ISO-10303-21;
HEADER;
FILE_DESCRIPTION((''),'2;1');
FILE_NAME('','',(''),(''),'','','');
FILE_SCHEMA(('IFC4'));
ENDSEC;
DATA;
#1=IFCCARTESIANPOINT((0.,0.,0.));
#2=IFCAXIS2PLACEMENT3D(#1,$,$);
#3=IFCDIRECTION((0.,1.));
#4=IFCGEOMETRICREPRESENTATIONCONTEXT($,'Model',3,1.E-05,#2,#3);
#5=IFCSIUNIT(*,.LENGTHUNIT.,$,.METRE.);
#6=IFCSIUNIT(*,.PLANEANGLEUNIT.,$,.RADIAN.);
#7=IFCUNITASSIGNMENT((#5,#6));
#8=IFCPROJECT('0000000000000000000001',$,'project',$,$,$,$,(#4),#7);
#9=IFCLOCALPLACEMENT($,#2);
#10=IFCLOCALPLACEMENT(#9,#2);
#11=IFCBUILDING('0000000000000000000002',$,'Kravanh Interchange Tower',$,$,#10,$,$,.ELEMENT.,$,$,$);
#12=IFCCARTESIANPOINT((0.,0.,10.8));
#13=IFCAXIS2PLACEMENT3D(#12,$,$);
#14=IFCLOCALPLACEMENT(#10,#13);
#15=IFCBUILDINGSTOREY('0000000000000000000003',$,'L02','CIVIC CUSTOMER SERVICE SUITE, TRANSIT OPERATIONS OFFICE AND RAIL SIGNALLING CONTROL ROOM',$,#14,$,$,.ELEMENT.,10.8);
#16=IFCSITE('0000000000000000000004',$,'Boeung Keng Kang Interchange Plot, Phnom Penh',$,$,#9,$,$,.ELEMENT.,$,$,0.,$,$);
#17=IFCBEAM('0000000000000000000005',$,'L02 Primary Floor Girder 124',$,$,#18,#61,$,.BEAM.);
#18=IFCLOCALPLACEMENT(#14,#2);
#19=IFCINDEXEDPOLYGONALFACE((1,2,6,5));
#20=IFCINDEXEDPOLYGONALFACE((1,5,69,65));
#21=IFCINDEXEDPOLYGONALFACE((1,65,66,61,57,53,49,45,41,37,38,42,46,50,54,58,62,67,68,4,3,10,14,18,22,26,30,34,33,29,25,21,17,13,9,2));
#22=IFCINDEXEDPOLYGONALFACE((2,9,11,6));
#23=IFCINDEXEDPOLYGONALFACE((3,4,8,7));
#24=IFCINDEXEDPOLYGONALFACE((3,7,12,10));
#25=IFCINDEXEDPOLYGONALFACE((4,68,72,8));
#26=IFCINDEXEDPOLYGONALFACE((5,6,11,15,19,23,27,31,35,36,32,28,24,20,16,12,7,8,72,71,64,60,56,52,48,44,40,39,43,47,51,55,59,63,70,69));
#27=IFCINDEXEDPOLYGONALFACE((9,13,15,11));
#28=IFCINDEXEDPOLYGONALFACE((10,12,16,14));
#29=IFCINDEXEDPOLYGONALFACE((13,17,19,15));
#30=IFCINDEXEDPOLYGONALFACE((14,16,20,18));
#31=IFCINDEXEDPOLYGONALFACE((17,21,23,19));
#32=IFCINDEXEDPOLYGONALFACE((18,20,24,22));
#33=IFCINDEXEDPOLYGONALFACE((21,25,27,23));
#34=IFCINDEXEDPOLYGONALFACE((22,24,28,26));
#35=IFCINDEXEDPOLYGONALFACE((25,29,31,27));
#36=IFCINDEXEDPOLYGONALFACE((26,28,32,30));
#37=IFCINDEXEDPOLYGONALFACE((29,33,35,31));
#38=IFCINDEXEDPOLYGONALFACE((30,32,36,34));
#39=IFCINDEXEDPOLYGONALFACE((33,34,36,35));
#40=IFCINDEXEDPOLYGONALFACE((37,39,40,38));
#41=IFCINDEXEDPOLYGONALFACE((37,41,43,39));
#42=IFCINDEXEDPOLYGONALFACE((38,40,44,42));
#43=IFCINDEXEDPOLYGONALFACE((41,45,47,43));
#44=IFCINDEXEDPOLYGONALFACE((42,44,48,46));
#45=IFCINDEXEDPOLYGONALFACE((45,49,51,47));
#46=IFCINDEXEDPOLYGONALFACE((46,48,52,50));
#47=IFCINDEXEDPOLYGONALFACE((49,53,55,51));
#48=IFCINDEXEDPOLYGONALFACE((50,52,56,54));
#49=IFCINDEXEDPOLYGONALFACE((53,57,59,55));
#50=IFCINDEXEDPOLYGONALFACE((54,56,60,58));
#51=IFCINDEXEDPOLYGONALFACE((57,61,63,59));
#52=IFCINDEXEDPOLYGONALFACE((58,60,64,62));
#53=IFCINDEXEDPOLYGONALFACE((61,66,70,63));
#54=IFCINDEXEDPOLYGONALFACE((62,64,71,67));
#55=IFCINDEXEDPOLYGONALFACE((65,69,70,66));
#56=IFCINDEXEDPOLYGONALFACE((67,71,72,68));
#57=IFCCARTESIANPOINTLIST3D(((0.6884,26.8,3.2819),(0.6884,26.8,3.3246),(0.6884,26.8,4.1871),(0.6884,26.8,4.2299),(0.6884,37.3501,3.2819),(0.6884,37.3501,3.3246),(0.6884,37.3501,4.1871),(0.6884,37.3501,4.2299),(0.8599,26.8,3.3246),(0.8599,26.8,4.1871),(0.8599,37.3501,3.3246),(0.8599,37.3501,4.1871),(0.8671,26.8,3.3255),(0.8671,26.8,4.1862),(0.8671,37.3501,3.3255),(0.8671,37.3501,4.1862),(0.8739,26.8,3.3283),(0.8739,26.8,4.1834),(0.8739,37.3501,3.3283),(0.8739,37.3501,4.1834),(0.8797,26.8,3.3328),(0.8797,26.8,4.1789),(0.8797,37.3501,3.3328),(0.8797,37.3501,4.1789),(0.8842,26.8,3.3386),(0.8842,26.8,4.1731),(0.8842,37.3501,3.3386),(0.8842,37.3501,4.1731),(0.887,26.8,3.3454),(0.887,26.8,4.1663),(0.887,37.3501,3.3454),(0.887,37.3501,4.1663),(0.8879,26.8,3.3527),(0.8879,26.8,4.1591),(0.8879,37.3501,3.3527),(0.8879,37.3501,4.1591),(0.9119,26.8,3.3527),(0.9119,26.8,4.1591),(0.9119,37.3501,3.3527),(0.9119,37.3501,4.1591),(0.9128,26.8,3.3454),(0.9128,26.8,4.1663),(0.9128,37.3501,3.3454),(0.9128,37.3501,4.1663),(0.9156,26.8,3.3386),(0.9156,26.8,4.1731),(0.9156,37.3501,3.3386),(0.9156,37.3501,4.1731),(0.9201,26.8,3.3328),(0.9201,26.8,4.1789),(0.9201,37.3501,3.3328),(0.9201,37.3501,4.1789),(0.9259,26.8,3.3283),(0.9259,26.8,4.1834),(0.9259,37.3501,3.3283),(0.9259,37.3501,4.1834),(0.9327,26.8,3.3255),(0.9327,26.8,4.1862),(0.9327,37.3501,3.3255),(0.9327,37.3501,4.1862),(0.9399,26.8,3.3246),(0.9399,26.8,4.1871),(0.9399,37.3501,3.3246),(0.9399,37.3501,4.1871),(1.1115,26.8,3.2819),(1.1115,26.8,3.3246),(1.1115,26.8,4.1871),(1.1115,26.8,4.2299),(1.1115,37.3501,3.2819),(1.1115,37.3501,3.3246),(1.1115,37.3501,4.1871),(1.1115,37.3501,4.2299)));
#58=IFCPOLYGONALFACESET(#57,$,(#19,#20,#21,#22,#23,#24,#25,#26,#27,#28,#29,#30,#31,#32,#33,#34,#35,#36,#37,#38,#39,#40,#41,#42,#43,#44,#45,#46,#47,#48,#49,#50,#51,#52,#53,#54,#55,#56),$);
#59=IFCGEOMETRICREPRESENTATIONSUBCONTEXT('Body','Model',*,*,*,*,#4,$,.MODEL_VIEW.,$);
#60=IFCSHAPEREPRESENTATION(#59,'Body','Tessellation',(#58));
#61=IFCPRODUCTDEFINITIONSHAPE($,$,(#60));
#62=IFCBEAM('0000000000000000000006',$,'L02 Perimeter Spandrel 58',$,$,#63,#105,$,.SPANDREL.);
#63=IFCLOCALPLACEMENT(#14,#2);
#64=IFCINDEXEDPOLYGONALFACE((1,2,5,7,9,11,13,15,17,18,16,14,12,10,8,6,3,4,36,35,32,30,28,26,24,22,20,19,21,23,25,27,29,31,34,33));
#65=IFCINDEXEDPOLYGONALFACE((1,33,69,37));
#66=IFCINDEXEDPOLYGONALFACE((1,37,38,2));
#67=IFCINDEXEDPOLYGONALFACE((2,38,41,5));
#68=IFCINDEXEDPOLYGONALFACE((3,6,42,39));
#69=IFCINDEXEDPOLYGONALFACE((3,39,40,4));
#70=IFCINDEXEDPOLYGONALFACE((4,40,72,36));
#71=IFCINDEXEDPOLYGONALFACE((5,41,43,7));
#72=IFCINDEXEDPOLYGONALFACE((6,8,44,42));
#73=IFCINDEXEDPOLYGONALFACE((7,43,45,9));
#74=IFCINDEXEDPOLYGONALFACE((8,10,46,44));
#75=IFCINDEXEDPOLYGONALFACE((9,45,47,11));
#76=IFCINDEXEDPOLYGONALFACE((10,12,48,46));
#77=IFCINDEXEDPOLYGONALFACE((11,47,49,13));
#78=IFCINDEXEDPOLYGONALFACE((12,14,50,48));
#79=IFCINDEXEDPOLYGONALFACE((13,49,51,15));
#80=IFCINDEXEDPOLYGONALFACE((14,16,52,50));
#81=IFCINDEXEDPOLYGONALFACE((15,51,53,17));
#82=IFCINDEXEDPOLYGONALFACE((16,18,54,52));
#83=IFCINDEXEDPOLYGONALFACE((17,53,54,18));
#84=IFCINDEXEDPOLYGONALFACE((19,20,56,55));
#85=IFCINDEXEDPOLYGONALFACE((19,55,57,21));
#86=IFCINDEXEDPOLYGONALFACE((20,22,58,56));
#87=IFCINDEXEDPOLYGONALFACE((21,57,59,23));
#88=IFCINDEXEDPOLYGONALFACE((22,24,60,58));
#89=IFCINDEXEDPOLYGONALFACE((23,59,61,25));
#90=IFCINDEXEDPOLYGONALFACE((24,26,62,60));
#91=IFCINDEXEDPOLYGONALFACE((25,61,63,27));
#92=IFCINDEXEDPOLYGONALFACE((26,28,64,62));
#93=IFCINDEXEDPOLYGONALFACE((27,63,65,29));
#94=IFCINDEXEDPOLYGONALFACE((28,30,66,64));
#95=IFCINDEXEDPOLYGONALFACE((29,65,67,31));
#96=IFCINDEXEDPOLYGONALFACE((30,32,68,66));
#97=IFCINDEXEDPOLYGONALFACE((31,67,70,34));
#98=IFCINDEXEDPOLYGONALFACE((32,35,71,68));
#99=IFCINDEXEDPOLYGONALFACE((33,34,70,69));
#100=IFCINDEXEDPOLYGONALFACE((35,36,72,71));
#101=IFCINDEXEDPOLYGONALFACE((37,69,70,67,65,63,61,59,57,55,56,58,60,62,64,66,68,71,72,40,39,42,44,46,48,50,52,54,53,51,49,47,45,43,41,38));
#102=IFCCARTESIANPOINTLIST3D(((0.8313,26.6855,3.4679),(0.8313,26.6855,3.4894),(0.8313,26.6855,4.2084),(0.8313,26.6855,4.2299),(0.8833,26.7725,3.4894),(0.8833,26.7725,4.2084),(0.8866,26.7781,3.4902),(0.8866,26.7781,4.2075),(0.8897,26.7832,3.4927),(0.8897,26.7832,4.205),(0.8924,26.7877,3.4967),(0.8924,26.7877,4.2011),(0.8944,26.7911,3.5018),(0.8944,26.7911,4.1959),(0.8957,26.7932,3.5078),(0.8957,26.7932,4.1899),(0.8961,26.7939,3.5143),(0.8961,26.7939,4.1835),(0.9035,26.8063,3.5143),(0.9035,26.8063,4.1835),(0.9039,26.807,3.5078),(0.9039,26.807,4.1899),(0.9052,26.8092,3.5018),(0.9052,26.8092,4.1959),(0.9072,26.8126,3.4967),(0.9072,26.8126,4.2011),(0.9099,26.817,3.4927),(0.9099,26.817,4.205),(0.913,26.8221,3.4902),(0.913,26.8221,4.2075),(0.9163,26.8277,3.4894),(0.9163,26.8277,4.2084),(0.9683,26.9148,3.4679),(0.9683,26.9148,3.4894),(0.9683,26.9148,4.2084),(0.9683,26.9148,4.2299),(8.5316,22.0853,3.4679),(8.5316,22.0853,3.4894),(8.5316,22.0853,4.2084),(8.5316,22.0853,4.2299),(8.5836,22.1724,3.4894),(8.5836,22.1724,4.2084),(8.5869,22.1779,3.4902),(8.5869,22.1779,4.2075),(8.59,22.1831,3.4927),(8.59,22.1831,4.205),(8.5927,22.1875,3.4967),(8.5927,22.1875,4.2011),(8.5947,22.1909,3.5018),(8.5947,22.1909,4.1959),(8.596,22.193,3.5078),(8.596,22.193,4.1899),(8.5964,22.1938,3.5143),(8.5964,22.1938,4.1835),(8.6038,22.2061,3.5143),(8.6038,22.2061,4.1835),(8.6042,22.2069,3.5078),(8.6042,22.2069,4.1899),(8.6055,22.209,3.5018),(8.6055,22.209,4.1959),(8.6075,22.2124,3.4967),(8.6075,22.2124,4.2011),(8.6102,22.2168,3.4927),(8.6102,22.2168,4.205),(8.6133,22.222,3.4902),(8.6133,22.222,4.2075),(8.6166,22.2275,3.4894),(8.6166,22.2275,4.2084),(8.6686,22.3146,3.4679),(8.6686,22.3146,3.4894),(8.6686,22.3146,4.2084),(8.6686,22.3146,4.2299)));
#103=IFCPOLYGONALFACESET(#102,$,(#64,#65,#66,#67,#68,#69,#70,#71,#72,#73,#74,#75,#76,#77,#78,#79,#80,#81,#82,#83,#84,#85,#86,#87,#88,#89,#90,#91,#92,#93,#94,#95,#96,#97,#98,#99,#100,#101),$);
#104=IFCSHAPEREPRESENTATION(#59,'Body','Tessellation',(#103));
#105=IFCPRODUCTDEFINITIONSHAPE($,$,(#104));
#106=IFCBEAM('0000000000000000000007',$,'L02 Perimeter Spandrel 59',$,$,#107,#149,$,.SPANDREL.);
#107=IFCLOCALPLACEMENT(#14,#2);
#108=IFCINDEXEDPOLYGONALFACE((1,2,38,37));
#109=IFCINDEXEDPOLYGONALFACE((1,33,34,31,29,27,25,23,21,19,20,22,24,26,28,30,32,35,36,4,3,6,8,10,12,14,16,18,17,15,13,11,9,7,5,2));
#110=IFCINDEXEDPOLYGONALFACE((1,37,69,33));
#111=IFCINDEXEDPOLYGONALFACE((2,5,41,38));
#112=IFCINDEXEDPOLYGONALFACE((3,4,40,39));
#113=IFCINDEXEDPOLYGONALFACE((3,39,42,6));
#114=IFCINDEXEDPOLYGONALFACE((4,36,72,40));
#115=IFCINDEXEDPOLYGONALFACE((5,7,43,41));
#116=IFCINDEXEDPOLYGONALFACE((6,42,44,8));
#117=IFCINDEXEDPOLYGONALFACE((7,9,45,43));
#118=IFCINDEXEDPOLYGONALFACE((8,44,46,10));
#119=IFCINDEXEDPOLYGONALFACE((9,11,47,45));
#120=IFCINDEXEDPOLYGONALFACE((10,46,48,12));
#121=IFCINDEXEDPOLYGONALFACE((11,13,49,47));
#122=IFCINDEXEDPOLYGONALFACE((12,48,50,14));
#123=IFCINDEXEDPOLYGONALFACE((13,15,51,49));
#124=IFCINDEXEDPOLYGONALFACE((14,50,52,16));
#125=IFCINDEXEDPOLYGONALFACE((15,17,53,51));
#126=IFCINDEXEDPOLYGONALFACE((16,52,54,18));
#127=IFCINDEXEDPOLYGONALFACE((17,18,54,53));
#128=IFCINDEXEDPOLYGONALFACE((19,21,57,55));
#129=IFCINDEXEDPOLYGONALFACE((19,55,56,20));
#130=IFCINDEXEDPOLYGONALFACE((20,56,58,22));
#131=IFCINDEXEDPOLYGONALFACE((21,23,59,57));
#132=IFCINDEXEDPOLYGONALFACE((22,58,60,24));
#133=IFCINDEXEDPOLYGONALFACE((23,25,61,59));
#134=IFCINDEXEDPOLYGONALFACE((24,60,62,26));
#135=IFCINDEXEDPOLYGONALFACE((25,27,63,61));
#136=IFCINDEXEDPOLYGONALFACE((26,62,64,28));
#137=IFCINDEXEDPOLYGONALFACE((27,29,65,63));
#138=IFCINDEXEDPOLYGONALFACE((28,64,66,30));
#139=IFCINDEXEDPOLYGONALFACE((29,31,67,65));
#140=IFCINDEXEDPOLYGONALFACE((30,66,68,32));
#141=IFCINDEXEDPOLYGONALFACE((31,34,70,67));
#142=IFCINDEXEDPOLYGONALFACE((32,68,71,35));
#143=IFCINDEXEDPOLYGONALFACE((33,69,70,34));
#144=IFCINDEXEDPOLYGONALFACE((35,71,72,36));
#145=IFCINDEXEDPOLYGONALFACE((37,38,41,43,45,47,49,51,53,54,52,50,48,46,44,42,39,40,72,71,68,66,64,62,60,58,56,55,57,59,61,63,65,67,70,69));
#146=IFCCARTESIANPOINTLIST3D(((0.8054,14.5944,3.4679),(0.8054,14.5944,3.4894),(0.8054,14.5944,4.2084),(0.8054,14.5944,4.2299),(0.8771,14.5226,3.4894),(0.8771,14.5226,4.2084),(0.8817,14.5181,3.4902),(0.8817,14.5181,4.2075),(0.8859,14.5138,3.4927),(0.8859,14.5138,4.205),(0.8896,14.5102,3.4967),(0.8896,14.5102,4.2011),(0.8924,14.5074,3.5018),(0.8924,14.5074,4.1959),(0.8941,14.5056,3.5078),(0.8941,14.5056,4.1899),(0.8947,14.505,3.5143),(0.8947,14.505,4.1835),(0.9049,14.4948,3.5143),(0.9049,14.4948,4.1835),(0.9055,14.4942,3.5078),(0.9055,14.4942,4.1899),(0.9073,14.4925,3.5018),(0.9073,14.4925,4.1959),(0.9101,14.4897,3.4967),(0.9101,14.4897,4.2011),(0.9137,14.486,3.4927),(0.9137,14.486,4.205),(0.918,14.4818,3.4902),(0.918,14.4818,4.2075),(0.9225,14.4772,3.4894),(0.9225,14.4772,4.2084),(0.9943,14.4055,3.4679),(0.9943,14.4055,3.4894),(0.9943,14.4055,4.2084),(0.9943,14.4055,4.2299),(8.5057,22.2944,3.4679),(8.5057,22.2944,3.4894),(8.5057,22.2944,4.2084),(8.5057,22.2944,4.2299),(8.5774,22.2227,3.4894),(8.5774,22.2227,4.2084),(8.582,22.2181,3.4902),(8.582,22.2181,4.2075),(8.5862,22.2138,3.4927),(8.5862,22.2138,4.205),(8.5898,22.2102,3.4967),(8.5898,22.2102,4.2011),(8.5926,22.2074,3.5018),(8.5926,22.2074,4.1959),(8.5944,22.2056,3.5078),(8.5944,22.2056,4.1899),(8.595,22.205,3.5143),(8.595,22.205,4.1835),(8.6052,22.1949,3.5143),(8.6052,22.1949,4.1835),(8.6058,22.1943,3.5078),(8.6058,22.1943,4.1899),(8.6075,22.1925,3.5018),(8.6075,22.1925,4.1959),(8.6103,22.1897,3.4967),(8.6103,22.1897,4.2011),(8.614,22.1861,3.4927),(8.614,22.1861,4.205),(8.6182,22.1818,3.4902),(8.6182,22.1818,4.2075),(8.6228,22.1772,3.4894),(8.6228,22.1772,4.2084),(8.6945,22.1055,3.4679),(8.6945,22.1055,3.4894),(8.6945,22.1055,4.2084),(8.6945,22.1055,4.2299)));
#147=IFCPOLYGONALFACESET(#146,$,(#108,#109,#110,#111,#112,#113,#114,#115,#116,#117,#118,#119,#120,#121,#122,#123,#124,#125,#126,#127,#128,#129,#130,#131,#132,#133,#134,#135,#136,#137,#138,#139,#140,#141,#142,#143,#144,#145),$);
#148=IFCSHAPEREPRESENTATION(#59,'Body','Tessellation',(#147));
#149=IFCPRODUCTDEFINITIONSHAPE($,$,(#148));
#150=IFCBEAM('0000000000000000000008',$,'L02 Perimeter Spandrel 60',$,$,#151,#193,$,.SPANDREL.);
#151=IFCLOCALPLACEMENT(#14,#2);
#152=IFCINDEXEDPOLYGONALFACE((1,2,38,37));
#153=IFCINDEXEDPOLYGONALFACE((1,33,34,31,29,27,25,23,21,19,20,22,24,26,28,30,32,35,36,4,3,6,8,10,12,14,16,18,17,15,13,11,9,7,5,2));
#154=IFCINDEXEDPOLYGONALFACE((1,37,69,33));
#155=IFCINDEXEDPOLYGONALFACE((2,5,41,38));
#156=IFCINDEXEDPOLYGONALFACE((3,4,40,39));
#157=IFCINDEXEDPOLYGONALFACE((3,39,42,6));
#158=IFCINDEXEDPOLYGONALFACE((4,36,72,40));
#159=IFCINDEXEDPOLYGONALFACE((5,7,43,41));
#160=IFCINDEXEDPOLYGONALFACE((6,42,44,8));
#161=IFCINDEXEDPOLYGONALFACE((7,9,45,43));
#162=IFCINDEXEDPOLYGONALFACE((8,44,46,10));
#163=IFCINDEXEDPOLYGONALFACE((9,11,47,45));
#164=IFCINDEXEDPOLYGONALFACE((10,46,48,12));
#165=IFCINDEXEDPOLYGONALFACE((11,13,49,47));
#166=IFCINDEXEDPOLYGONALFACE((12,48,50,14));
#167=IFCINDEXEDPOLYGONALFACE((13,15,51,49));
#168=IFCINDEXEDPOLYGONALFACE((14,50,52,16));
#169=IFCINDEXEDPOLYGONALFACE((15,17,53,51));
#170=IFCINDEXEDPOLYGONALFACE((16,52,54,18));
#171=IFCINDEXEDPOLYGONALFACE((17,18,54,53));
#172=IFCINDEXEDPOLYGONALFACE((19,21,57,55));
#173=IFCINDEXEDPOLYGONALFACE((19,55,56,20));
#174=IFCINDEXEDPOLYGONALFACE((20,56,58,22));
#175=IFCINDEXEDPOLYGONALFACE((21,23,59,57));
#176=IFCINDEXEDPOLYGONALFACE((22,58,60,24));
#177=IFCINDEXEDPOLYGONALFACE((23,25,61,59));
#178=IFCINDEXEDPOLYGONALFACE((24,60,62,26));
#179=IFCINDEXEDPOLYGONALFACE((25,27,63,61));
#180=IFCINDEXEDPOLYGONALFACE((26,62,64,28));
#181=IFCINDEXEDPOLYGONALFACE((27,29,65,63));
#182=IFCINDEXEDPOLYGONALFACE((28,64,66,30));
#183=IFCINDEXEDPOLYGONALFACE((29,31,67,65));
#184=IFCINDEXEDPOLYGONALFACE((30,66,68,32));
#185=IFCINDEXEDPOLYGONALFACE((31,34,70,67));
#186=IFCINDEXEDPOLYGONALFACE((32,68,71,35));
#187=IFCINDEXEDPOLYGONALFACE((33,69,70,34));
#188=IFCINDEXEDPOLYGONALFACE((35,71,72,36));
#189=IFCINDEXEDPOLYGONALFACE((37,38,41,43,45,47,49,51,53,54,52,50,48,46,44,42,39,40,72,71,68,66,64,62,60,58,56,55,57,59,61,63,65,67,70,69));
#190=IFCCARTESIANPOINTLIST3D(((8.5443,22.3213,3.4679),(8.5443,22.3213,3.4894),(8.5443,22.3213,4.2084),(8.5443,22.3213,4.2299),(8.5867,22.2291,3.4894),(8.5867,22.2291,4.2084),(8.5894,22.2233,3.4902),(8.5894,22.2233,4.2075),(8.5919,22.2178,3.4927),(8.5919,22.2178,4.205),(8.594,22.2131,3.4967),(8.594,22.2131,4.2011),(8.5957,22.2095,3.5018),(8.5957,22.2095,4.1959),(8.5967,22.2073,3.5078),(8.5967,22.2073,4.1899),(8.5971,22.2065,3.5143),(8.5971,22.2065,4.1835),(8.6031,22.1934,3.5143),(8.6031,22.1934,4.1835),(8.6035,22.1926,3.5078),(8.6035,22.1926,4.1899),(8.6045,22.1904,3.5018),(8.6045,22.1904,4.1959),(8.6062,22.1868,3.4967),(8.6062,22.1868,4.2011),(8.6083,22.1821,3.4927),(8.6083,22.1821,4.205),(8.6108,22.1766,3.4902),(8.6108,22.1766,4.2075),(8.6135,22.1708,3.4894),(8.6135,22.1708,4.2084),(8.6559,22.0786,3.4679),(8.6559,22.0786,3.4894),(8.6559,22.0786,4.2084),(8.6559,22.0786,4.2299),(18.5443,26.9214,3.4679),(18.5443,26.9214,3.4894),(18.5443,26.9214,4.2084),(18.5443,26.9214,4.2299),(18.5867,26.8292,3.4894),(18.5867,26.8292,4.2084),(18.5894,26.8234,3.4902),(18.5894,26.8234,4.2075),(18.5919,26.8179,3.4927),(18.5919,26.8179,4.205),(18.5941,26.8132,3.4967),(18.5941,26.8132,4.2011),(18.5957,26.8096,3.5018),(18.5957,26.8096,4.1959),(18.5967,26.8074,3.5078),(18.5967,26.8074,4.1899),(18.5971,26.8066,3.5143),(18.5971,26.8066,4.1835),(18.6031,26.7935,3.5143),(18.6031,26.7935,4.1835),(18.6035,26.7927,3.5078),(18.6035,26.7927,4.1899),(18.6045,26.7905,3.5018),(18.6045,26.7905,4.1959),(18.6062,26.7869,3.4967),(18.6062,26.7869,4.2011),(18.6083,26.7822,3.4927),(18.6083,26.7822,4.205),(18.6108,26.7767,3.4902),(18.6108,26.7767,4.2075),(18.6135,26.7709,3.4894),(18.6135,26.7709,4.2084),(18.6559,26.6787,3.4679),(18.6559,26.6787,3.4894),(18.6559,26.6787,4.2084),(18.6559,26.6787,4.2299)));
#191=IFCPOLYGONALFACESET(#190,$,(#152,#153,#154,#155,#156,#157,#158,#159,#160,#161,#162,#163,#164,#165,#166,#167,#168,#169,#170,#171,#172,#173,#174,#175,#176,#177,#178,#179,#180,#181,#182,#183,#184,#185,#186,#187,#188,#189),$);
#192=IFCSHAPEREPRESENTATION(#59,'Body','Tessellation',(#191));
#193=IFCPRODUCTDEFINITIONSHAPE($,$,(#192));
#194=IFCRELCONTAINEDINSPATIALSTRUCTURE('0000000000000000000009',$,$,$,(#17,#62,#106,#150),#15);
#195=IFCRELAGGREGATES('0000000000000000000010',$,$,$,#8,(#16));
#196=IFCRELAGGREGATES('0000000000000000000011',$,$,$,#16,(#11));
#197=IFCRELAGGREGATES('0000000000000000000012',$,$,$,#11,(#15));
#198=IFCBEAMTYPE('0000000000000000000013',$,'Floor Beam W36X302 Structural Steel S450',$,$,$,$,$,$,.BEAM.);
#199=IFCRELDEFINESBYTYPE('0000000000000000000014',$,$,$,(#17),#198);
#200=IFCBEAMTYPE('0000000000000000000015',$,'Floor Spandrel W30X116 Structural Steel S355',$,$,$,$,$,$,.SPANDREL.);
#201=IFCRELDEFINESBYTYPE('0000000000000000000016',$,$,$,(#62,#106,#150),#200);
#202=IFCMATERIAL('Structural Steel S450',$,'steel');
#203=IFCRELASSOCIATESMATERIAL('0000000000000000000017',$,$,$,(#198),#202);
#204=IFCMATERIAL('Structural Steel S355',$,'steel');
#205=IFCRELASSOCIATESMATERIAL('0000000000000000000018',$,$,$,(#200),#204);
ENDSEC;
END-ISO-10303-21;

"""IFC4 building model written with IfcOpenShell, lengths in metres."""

from ifc_helpers import new_model, si_unit, direction, frame, origin, origin_2d, place, context, subcontext, project, spatial, i_section, extrude, material, material_profile, profile_set, type_object, element, save


model = new_model("IFC4")

# Units and contexts
model_context = context("Model", 3, precision=1e-05, world=origin(), true_north=direction((0.0, 1.0)))
body_context = subcontext(model_context, "Body", "Model", "MODEL_VIEW")
ifc_project = project(units=[si_unit("LENGTHUNIT", "METRE"), si_unit("PLANEANGLEUNIT", "RADIAN")], contexts=[model_context])

# Site, building, storey
site_placement = place(None, origin())
site = spatial("IfcSite", under=ifc_project, at=site_placement, Name="Boeung Keng Kang Interchange Plot, Phnom Penh", CompositionType="ELEMENT", RefElevation=0.0)
building_placement = place(site_placement, origin())
building = spatial("IfcBuilding", under=site, at=building_placement, Name="Kravanh Interchange Tower", CompositionType="ELEMENT")
storey_placement = place(building_placement, frame((0.0, 0.0, 10.8)))
storey = spatial("IfcBuildingStorey", under=building, at=storey_placement, Name="L02", Description="CIVIC CUSTOMER SERVICE SUITE, TRANSIT OPERATIONS OFFICE AND RAIL SIGNALLING CONTROL ROOM", CompositionType="ELEMENT", Elevation=10.8)

# Beams
ifc_material_1 = material(Name="Structural Steel S450", Category="steel")
ifc_material_profile_1 = material_profile(ifc_material_1, i_section(OverallWidth=0.4231, OverallDepth=0.948, WebThickness=0.0239, FlangeThickness=0.0427, FilletRadius=0.0281, at=origin_2d()), Name="W36X302")
ifc_profile_set_1 = profile_set([ifc_material_profile_1], Name="Structural Steel S450")
beam_type_1 = type_object("IfcBeamType", Name="Floor Beam W36X302 Structural Steel S450", PredefinedType="BEAM", material=ifc_profile_set_1)
beam_1_placement = place(storey_placement, frame((0.8999, 26.8, 3.7559), z_axis=(0.0, 1.0, 0.0), x_axis=(-1.0, 0.0, 0.0)))
element("IfcBeam", 1, at=beam_1_placement, inside=storey, type_object=beam_type_1, Name="L02 Primary Floor Girder 124", PredefinedType="BEAM", context=body_context, shape_type="SweptSolid", body=[
    extrude(i_section(OverallWidth=0.4231, OverallDepth=0.948, WebThickness=0.0239, FlangeThickness=0.0427, FilletRadius=0.0281, at=origin_2d()), origin(), (0.0, 0.0, 1.0), 10.55),
])
ifc_material_2 = material(Name="Structural Steel S355", Category="steel")
ifc_material_profile_2 = material_profile(ifc_material_2, i_section(OverallWidth=0.2671, OverallDepth=0.762, WebThickness=0.0144, FlangeThickness=0.0215, FilletRadius=0.0249, at=origin_2d()), Name="W30X116")
ifc_profile_set_2 = profile_set([ifc_material_profile_2], Name="Structural Steel S355")
beam_type_2 = type_object("IfcBeamType", Name="Floor Spandrel W30X116 Structural Steel S355", PredefinedType="SPANDREL", material=ifc_profile_set_2)
beam_2_placement = place(storey_placement, frame((8.6001, 22.2, 3.8489), z_axis=(-0.858476, 0.512854, 0.0), x_axis=(-0.512854, -0.858476, 0.0)))
element("IfcBeam", 2, at=beam_2_placement, inside=storey, type_object=beam_type_2, Name="L02 Perimeter Spandrel 58", PredefinedType="SPANDREL", context=body_context, shape_type="SweptSolid", body=[
    extrude(i_section(OverallWidth=0.2671, OverallDepth=0.762, WebThickness=0.0144, FlangeThickness=0.0215, FilletRadius=0.0249, at=origin_2d()), origin(), (0.0, 0.0, 1.0), 8.9697),
])
beam_3_placement = place(storey_placement, frame((8.6001, 22.2, 3.8489), z_axis=(-0.707118, -0.707096, 0.0), x_axis=(0.707096, -0.707118, 0.0)))
element("IfcBeam", 3, at=beam_3_placement, inside=storey, type_object=beam_type_2, Name="L02 Perimeter Spandrel 59", PredefinedType="SPANDREL", context=body_context, shape_type="SweptSolid", body=[
    extrude(i_section(OverallWidth=0.2671, OverallDepth=0.762, WebThickness=0.0144, FlangeThickness=0.0215, FilletRadius=0.0249, at=origin_2d()), origin(), (0.0, 0.0, 1.0), 10.8896),
])
beam_4_placement = place(storey_placement, frame((8.6001, 22.2, 3.8489), z_axis=(0.908487, 0.417913, 0.0), x_axis=(-0.417913, 0.908487, 0.0)))
element("IfcBeam", 4, at=beam_4_placement, inside=storey, type_object=beam_type_2, Name="L02 Perimeter Spandrel 60", PredefinedType="SPANDREL", context=body_context, shape_type="SweptSolid", body=[
    extrude(i_section(OverallWidth=0.2671, OverallDepth=0.762, WebThickness=0.0144, FlangeThickness=0.0215, FilletRadius=0.0249, at=origin_2d()), origin(), (0.0, 0.0, 1.0), 11.0073),
])

save(model, "model.ifc")
